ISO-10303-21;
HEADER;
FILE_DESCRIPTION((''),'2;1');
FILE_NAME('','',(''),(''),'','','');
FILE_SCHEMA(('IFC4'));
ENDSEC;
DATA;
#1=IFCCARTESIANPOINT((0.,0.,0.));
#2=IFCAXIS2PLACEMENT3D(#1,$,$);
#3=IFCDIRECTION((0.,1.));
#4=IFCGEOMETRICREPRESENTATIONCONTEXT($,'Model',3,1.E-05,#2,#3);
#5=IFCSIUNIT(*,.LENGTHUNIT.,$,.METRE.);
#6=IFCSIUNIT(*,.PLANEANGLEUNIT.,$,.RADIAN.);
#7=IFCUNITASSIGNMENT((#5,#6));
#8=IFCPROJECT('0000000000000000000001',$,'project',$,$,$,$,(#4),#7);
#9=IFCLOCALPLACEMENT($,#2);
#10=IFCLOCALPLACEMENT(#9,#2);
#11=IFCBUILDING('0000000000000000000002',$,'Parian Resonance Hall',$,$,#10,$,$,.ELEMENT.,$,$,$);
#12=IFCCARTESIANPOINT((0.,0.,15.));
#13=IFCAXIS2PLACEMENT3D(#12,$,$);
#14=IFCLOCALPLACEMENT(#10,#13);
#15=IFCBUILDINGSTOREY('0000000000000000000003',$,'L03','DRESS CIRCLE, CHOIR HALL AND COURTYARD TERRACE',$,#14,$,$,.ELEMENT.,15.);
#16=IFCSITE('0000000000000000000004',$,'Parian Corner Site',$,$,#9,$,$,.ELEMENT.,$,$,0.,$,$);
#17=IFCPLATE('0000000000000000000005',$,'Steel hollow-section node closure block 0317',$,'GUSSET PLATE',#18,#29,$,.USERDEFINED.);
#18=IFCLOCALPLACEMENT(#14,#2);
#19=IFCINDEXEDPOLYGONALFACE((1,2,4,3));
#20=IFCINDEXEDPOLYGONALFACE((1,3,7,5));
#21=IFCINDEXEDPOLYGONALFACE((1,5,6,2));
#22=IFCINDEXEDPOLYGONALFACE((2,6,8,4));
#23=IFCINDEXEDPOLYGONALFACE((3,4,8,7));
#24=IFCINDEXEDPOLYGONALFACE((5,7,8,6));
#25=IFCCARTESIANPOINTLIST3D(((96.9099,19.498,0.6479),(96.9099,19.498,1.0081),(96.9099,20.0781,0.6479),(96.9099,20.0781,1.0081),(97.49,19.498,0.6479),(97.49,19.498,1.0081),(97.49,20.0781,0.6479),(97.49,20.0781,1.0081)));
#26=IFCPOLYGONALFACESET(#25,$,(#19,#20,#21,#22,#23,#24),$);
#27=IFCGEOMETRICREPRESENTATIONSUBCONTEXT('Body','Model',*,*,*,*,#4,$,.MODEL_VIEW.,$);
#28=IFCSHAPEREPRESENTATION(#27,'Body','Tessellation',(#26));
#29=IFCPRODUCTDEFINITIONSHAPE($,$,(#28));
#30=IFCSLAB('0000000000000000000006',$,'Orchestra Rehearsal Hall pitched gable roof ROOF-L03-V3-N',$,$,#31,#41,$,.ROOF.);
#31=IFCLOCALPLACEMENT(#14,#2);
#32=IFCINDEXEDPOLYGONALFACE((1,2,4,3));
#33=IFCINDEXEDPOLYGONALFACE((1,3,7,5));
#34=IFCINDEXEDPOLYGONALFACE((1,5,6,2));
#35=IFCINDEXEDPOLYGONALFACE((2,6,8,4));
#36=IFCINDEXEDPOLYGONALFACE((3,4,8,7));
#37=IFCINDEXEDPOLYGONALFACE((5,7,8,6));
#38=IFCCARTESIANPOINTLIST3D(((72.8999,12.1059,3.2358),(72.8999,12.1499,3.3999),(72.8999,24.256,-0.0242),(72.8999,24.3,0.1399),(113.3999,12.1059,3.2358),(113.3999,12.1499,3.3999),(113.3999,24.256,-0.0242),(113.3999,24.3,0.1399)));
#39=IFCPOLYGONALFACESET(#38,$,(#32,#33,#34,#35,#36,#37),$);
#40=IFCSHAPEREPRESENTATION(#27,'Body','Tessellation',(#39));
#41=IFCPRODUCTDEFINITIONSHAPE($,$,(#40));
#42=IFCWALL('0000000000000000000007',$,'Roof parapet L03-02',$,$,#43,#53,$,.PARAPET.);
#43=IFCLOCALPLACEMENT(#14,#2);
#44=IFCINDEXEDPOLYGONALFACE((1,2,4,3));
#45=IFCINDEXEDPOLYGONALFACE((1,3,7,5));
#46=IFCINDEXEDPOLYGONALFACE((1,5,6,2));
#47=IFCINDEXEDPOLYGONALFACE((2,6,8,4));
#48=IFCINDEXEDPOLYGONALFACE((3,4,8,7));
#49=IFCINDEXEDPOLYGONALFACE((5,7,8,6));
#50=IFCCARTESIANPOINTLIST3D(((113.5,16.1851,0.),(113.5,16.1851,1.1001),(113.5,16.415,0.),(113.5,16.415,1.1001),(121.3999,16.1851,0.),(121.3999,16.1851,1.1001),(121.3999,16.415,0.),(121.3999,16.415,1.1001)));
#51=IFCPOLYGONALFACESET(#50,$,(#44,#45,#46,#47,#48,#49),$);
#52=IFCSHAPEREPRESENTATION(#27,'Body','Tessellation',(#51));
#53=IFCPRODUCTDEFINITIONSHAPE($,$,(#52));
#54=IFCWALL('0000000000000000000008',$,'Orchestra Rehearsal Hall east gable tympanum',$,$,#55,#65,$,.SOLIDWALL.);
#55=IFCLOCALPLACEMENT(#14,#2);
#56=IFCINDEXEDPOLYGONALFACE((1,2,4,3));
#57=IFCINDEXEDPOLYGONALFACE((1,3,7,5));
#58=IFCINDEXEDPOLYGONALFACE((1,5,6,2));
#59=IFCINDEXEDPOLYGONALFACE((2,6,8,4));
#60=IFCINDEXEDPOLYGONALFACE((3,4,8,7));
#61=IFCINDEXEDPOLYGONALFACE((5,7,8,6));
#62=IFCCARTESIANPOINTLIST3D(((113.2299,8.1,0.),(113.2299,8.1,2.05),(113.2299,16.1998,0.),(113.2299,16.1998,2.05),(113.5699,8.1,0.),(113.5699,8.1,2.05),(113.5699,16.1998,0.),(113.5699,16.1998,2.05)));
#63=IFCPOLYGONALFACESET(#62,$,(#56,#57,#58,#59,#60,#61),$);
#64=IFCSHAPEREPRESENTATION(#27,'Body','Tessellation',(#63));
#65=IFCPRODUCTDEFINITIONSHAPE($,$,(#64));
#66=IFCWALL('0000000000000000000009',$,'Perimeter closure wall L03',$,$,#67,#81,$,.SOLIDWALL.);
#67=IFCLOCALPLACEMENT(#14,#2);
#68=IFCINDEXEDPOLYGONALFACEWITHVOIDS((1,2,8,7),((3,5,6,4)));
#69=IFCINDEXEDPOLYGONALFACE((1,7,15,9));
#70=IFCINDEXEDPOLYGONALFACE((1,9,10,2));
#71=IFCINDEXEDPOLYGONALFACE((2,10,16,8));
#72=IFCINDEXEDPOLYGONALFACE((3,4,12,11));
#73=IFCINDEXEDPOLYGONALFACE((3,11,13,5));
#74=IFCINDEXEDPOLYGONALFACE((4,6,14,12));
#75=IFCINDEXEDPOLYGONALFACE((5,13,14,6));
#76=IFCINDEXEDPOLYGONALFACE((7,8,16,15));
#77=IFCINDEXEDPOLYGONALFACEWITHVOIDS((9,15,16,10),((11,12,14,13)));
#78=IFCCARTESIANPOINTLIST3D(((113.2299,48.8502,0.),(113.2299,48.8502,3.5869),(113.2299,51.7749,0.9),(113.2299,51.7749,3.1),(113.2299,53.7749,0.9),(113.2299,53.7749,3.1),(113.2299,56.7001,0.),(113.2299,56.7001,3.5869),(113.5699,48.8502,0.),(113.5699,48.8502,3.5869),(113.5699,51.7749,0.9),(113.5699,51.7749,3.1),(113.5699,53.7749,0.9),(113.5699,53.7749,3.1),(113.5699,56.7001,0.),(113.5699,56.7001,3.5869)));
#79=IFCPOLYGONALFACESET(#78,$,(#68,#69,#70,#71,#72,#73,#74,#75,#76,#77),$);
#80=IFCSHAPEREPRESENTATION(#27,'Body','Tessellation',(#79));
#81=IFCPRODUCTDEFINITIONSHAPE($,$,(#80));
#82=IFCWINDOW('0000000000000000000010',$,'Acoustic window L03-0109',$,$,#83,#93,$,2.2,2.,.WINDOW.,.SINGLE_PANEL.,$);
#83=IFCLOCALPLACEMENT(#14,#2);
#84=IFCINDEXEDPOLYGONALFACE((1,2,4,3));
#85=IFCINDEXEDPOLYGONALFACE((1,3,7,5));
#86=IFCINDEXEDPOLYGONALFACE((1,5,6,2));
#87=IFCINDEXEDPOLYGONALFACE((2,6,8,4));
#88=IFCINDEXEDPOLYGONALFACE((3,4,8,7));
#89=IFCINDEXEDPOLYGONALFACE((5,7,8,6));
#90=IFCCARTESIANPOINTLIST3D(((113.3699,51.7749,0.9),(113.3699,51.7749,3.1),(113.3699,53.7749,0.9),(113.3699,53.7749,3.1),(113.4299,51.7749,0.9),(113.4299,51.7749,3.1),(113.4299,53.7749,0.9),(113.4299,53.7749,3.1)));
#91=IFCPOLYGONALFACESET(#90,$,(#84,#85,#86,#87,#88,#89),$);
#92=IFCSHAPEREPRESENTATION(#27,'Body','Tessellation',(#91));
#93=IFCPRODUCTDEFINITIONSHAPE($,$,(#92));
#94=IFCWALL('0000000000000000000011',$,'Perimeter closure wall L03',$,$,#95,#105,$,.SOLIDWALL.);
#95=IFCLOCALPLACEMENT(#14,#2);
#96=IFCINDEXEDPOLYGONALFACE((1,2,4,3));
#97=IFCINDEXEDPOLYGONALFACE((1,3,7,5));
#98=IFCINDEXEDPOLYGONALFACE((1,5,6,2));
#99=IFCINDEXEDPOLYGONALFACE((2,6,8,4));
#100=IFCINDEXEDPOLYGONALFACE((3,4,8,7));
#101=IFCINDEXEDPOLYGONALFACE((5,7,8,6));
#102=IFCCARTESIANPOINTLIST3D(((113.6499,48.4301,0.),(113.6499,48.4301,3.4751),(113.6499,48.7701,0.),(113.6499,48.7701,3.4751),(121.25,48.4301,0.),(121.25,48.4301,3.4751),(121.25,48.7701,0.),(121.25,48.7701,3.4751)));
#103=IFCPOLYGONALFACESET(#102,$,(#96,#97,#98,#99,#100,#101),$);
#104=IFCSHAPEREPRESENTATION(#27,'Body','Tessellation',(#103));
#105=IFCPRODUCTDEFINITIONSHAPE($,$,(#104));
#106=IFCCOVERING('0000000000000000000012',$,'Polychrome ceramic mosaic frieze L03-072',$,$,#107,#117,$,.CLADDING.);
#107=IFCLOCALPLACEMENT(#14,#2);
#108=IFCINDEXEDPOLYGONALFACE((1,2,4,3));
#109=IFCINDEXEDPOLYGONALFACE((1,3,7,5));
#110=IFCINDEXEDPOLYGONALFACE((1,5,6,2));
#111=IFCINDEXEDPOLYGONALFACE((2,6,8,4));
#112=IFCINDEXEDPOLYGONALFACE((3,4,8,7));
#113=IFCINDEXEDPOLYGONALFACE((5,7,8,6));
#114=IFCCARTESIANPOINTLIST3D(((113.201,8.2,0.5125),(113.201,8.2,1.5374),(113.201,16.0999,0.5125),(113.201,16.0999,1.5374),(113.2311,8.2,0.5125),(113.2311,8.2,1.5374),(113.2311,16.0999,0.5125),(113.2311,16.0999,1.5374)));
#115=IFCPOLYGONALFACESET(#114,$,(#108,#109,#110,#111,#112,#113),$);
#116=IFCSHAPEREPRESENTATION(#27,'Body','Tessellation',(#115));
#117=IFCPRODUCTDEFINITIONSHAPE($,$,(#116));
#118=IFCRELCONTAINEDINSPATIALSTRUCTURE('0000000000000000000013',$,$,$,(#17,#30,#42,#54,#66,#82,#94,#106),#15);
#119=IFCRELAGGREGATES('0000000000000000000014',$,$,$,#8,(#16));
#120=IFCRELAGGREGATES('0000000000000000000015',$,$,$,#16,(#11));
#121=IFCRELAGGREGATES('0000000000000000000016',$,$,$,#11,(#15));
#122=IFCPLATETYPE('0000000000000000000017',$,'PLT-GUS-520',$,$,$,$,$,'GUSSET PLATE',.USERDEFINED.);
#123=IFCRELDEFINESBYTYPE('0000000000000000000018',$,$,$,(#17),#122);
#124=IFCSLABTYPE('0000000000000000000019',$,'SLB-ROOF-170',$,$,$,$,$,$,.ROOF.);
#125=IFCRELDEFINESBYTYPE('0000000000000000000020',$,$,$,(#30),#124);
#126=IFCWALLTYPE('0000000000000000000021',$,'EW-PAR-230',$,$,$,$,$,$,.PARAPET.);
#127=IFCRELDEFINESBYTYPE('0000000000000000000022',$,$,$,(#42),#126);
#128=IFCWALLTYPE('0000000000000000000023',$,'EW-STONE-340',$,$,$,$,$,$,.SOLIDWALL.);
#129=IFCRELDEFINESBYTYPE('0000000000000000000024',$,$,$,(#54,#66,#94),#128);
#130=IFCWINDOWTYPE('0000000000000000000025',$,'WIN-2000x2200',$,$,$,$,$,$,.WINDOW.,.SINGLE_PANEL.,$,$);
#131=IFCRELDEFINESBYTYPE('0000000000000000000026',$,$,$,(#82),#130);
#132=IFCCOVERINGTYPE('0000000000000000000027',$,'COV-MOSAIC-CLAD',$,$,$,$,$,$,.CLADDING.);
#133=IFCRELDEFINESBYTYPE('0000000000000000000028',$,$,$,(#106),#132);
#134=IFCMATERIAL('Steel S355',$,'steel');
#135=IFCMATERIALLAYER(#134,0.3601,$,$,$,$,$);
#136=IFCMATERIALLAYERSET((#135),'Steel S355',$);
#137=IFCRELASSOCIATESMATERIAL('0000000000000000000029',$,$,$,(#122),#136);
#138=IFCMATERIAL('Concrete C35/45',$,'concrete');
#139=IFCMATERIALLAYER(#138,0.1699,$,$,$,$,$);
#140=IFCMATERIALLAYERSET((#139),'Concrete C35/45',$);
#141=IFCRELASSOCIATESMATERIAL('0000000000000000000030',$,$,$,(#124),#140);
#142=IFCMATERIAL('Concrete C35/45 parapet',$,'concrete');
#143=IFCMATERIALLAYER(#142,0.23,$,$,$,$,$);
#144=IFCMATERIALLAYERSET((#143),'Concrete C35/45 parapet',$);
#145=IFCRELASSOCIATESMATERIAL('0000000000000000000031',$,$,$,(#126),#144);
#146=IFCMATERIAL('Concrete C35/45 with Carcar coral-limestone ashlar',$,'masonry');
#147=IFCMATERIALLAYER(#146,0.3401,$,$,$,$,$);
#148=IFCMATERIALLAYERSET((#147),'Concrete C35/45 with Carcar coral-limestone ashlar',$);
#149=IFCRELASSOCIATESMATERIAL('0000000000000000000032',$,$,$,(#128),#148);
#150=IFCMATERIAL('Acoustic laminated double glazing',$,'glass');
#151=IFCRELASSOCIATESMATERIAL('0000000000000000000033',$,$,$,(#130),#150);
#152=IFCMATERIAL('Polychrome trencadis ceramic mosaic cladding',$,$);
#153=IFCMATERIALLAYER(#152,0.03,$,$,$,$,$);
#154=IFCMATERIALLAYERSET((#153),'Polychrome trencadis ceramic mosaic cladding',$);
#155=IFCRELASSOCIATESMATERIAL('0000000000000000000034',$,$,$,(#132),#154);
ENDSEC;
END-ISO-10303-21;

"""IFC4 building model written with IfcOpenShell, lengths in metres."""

from ifc_helpers import new_model, si_unit, direction, frame, frame_2d, origin, origin_2d, place, context, subcontext, project, spatial, polyline, rectangle, outline, extrude, material, layer, layer_set, type_object, element, fill, save


model = new_model("IFC4")

# Units and contexts
model_context = context("Model", 3, precision=1e-05, world=origin(), true_north=direction((0.0, 1.0)))
body_context = subcontext(model_context, "Body", "Model", "MODEL_VIEW")
ifc_project = project(units=[si_unit("LENGTHUNIT", "METRE"), si_unit("PLANEANGLEUNIT", "RADIAN")], contexts=[model_context])

# Site, building, storey
site_placement = place(None, origin())
site = spatial("IfcSite", under=ifc_project, at=site_placement, Name="Parian Corner Site", CompositionType="ELEMENT", RefElevation=0.0)
building_placement = place(site_placement, origin())
building = spatial("IfcBuilding", under=site, at=building_placement, Name="Parian Resonance Hall", CompositionType="ELEMENT")
storey_placement = place(building_placement, frame((0.0, 0.0, 15.0)))
storey = spatial("IfcBuildingStorey", under=building, at=storey_placement, Name="L03", Description="DRESS CIRCLE, CHOIR HALL AND COURTYARD TERRACE", CompositionType="ELEMENT", Elevation=15.0)

# Plate
ifc_material_1 = material(Name="Steel S355", Category="steel")
ifc_layer_1 = layer(ifc_material_1, 0.3601)
ifc_layer_set_1 = layer_set([ifc_layer_1], Name="Steel S355")
plate_type_1 = type_object("IfcPlateType", Name="PLT-GUS-520", ElementType="GUSSET PLATE", PredefinedType="USERDEFINED", material=ifc_layer_set_1)
for number, where, z_axis, x_axis, name in (
    (1, (97.2, 19.7881, 0.6479), (0.0, 0.0, 1.0), (1.0, 0.0, 0.0), "Steel hollow-section node closure block 0317"),
):
    element("IfcPlate", number, at=place(storey_placement, frame(where, z_axis=z_axis, x_axis=x_axis)), inside=storey, type_object=plate_type_1, Name=name, ObjectType="GUSSET PLATE", PredefinedType="USERDEFINED", context=body_context, shape_type="SweptSolid", body=[
        extrude(rectangle(XDim=0.5801, YDim=0.5801, at=origin_2d()), origin(), (0.0, 0.0, 1.0), 0.3601),
    ])

# Slab
ifc_material_2 = material(Name="Concrete C35/45", Category="concrete")
ifc_layer_2 = layer(ifc_material_2, 0.1699)
ifc_layer_set_2 = layer_set([ifc_layer_2], Name="Concrete C35/45")
slab_type = type_object("IfcSlabType", Name="SLB-ROOF-170", PredefinedType="ROOF", material=ifc_layer_set_2)
slab_placement = place(storey_placement, frame((113.3999, 24.3, 0.1399), z_axis=(0.0, 0.259144, 0.965839), x_axis=(-1.0, 0.0, 0.0)))
element("IfcSlab", 2, at=slab_placement, inside=storey, type_object=slab_type, Name="Orchestra Rehearsal Hall pitched gable roof ROOF-L03-V3-N", PredefinedType="ROOF", context=body_context, shape_type="SweptSolid", body=[
    extrude(outline(polyline([(0.0, 0.0), (40.5, 0.0), (40.5, 12.5799), (0.0, 12.5799), (0.0, 0.0)])), origin(), (0.0, 0.0, -1.0), 0.1699),
])

# Walls
ifc_material_3 = material(Name="Concrete C35/45 parapet", Category="concrete")
ifc_layer_3 = layer(ifc_material_3, 0.23)
ifc_layer_set_3 = layer_set([ifc_layer_3], Name="Concrete C35/45 parapet")
wall_type_1 = type_object("IfcWallType", Name="EW-PAR-230", PredefinedType="PARAPET", material=ifc_layer_set_3)
wall_1_placement = place(storey_placement, frame((113.5, 16.3, 0.0), z_axis=(0.0, 0.0, 1.0), x_axis=(1.0, 0.0, 0.0)))
element("IfcWall", 3, at=wall_1_placement, inside=storey, type_object=wall_type_1, Name="Roof parapet L03-02", PredefinedType="PARAPET", context=body_context, shape_type="SweptSolid", body=[
    extrude(rectangle(XDim=7.8999, YDim=0.23, at=frame_2d((3.95, 0.0))), origin(), (0.0, 0.0, 1.0), 1.1001),
])
ifc_material_4 = material(Name="Concrete C35/45 with Carcar coral-limestone ashlar", Category="masonry")
ifc_layer_4 = layer(ifc_material_4, 0.3401)
ifc_layer_set_4 = layer_set([ifc_layer_4], Name="Concrete C35/45 with Carcar coral-limestone ashlar")
wall_type_2 = type_object("IfcWallType", Name="EW-STONE-340", PredefinedType="SOLIDWALL", material=ifc_layer_set_4)
wall_2_placement = place(storey_placement, frame((113.3999, 8.1001, 0.0), z_axis=(0.0, 0.0, 1.0), x_axis=(0.0, 1.0, 0.0)))
element("IfcWall", 4, at=wall_2_placement, inside=storey, type_object=wall_type_2, Name="Orchestra Rehearsal Hall east gable tympanum", PredefinedType="SOLIDWALL", context=body_context, shape_type="SweptSolid", body=[
    extrude(rectangle(XDim=8.0999, YDim=0.3401, at=frame_2d((4.0498, 0.0))), origin(), (0.0, 0.0, 1.0), 2.05),
])

# Wall, opening, window
wall_3_placement = place(storey_placement, frame((113.3999, 56.7, 0.0), z_axis=(0.0, 0.0, 1.0), x_axis=(0.0, -1.0, 0.0)))
wall_3 = element("IfcWall", 5, at=wall_3_placement, inside=storey, type_object=wall_type_2, Name="Perimeter closure wall L03", PredefinedType="SOLIDWALL", context=body_context, shape_type="SweptSolid", body=[
    extrude(rectangle(XDim=7.8499, YDim=0.3401, at=frame_2d((3.9248, 0.0))), origin(), (0.0, 0.0, 1.0), 3.5869),
])
opening_placement = place(wall_3_placement, frame((2.925, 0.0, 0.8999)))
opening = element("IfcOpeningElement", 6, at=opening_placement, cuts=wall_3, PredefinedType="OPENING", context=body_context, shape_type="SweptSolid", body=[
    extrude(rectangle(XDim=2.0, YDim=2.2, at=frame_2d((1.0, 1.1001))), frame((0.0, 0.1799, 0.0), z_axis=(0.0, -1.0, 0.0), x_axis=(1.0, 0.0, 0.0)), (0.0, 0.0, 1.0), 0.3601),
])
ifc_material_5 = material(Name="Acoustic laminated double glazing", Category="glass")
window_type = type_object("IfcWindowType", Name="WIN-2000x2200", PartitioningType="SINGLE_PANEL", PredefinedType="WINDOW", material=ifc_material_5)
window_placement = place(opening_placement, origin())
window = element("IfcWindow", 7, at=window_placement, inside=storey, type_object=window_type, Name="Acoustic window L03-0109", OverallHeight=2.2, OverallWidth=2.0, PartitioningType="SINGLE_PANEL", PredefinedType="WINDOW", context=body_context, shape_type="SweptSolid", body=[
    extrude(rectangle(XDim=2.0, YDim=2.2, at=frame_2d((1.0, 1.1001))), frame((0.0, 0.03, 0.0), z_axis=(0.0, -1.0, 0.0), x_axis=(1.0, 0.0, 0.0)), (0.0, 0.0, 1.0), 0.0601),
])
fill(opening, window)

# Wall
wall_4_placement = place(storey_placement, frame((113.6499, 48.6001, 0.0), z_axis=(0.0, 0.0, 1.0), x_axis=(1.0, 0.0, 0.0)))
element("IfcWall", 8, at=wall_4_placement, inside=storey, type_object=wall_type_2, Name="Perimeter closure wall L03", PredefinedType="SOLIDWALL", context=body_context, shape_type="SweptSolid", body=[
    extrude(rectangle(XDim=7.6001, YDim=0.3401, at=frame_2d((3.8, 0.0))), origin(), (0.0, 0.0, 1.0), 3.4751),
])

# Covering
ifc_material_6 = material(Name="Polychrome trencadis ceramic mosaic cladding")
ifc_layer_5 = layer(ifc_material_6, 0.03)
ifc_layer_set_5 = layer_set([ifc_layer_5], Name="Polychrome trencadis ceramic mosaic cladding")
covering_type = type_object("IfcCoveringType", Name="COV-MOSAIC-CLAD", PredefinedType="CLADDING", material=ifc_layer_set_5)
covering_placement = place(storey_placement, frame((113.2161, 12.1499, 0.5125), z_axis=(0.0, 0.0, 1.0), x_axis=(0.0, 1.0, 0.0)))
element("IfcCovering", 9, at=covering_placement, inside=storey, type_object=covering_type, Name="Polychrome ceramic mosaic frieze L03-072", PredefinedType="CLADDING", context=body_context, shape_type="SweptSolid", body=[
    extrude(rectangle(XDim=7.8999, YDim=0.03, at=origin_2d()), origin(), (0.0, 0.0, 1.0), 1.0249),
])

save(model, "model.ifc")
